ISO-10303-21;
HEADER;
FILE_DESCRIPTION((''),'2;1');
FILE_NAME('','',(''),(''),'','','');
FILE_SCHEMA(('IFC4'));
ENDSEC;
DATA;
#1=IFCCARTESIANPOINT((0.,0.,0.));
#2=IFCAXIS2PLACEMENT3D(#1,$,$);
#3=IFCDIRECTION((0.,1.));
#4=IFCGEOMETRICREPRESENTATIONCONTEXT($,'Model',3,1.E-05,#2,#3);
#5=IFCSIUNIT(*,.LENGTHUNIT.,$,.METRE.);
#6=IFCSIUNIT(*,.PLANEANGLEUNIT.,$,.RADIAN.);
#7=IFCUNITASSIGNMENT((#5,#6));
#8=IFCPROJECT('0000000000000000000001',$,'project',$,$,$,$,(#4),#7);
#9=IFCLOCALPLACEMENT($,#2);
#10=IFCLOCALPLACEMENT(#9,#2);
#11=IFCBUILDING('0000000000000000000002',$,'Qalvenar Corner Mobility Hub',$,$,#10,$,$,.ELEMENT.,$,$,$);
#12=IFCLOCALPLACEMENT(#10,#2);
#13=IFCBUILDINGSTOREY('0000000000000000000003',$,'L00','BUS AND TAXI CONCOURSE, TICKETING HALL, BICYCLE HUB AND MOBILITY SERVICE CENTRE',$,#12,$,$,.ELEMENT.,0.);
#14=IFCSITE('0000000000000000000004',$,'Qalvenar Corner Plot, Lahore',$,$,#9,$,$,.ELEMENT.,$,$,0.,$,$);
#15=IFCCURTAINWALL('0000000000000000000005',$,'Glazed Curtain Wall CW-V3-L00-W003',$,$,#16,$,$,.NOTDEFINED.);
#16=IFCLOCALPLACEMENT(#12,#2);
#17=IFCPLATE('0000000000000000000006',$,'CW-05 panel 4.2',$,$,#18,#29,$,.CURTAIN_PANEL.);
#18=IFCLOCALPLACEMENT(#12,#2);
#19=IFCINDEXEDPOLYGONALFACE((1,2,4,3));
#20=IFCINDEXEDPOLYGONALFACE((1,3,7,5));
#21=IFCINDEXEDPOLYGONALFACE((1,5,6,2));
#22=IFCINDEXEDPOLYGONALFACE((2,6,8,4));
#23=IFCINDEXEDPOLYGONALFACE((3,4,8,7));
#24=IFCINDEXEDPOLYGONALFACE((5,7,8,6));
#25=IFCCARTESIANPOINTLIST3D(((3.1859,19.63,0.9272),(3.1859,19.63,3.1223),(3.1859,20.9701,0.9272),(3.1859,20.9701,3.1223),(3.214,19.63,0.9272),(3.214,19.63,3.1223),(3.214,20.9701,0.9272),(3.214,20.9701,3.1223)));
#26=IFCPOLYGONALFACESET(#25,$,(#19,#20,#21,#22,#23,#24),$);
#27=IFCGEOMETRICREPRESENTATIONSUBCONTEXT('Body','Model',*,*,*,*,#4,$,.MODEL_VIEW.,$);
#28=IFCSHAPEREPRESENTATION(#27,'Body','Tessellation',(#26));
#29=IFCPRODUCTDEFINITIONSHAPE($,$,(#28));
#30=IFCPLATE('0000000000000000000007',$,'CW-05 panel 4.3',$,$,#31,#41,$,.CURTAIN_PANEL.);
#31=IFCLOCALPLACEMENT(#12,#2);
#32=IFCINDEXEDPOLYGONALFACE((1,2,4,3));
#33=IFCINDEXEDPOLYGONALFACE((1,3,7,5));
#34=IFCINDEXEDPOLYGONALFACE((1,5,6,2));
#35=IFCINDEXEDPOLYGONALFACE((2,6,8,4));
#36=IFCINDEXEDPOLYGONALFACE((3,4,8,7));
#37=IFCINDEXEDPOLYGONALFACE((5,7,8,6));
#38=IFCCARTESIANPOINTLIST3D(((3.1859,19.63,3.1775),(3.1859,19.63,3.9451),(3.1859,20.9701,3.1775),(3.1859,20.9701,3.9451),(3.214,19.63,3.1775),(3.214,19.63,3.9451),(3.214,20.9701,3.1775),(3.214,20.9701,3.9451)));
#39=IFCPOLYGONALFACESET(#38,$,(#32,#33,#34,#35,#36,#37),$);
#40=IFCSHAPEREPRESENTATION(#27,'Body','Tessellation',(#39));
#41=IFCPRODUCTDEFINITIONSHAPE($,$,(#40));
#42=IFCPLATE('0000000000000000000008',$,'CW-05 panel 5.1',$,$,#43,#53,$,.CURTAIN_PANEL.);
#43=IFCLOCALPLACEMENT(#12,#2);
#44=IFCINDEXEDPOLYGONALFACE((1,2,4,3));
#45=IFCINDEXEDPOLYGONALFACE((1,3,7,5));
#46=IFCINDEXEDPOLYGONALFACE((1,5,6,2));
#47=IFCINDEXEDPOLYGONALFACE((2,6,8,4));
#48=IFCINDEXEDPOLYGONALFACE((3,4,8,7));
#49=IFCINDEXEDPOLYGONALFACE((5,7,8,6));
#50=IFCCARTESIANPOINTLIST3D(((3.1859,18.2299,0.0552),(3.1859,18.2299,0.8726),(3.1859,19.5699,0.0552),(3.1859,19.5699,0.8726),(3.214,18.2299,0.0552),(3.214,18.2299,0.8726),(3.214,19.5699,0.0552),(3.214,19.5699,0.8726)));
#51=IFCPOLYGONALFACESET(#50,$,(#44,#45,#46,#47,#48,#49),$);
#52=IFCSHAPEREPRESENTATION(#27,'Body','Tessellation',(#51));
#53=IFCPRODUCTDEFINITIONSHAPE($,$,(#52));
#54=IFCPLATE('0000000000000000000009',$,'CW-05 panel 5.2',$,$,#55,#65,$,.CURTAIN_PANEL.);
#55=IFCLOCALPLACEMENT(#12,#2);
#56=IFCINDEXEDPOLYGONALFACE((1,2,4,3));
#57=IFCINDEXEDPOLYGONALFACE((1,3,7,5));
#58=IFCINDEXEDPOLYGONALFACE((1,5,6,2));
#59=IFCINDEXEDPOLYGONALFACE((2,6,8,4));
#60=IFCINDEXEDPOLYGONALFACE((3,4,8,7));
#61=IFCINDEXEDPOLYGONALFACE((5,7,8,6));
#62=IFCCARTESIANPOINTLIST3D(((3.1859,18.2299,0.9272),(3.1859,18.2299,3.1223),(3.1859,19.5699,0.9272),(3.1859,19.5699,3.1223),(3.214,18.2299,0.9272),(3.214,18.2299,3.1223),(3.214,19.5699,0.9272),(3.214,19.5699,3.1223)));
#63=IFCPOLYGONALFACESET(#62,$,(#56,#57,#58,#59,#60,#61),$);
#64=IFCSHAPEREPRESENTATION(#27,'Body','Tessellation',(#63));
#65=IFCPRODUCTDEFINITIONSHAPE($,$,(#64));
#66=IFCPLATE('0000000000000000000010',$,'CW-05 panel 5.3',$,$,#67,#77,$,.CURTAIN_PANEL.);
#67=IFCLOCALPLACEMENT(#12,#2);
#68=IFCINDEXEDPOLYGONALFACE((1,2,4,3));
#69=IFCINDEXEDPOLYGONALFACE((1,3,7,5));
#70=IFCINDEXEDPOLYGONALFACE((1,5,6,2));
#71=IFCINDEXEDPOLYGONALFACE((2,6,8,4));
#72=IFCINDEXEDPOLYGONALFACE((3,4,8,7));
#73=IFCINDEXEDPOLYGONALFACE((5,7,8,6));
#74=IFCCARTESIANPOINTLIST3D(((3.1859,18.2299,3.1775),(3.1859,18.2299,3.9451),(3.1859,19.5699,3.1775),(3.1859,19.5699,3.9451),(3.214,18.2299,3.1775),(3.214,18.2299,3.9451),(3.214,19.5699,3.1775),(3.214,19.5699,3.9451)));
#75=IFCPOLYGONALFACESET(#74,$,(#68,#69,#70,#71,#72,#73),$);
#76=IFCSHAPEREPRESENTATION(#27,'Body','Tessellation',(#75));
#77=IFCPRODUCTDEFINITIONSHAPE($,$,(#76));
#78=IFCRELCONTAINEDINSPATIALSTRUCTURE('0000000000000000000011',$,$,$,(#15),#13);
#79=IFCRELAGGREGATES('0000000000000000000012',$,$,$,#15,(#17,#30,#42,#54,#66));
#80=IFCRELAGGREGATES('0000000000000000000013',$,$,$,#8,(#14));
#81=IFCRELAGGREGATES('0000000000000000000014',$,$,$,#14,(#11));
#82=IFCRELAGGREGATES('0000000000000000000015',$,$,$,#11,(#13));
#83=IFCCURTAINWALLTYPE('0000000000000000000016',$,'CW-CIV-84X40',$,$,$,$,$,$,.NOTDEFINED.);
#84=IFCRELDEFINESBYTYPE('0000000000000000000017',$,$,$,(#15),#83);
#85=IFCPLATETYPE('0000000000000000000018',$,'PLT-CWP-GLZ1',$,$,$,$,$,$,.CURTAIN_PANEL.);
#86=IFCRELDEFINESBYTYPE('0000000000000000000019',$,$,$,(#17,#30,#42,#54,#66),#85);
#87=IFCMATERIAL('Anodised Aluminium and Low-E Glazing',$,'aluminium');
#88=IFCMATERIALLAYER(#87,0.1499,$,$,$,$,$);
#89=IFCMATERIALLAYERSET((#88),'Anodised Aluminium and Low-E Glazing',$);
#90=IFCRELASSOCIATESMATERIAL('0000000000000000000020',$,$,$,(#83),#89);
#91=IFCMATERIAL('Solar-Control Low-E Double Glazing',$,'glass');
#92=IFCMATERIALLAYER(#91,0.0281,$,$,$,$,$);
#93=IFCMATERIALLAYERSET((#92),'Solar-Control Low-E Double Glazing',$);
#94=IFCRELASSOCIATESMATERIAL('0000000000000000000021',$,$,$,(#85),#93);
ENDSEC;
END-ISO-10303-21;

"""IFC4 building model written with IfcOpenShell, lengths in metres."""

from ifc_helpers import new_model, si_unit, direction, frame, origin, origin_2d, place, context, subcontext, project, spatial, rectangle, extrude, material, layer, layer_set, type_object, element, aggregate, save


model = new_model("IFC4")

# Units and contexts
model_context = context("Model", 3, precision=1e-05, world=origin(), true_north=direction((0.0, 1.0)))
body_context = subcontext(model_context, "Body", "Model", "MODEL_VIEW")
ifc_project = project(units=[si_unit("LENGTHUNIT", "METRE"), si_unit("PLANEANGLEUNIT", "RADIAN")], contexts=[model_context])

# Site, building, storey
site_placement = place(None, origin())
site = spatial("IfcSite", under=ifc_project, at=site_placement, Name="Qalvenar Corner Plot, Lahore", CompositionType="ELEMENT", RefElevation=0.0)
building_placement = place(site_placement, origin())
building = spatial("IfcBuilding", under=site, at=building_placement, Name="Qalvenar Corner Mobility Hub", CompositionType="ELEMENT")
storey_placement = place(building_placement, origin())
storey = spatial("IfcBuildingStorey", under=building, at=storey_placement, Name="L00", Description="BUS AND TAXI CONCOURSE, TICKETING HALL, BICYCLE HUB AND MOBILITY SERVICE CENTRE", CompositionType="ELEMENT", Elevation=0.0)

# Curtain wall, plates
ifc_material_1 = material(Name="Anodised Aluminium and Low-E Glazing", Category="aluminium")
ifc_layer_1 = layer(ifc_material_1, 0.1499)
ifc_layer_set_1 = layer_set([ifc_layer_1], Name="Anodised Aluminium and Low-E Glazing")
curtain_wall_type = type_object("IfcCurtainWallType", Name="CW-CIV-84X40", PredefinedType="NOTDEFINED", material=ifc_layer_set_1)
curtain_wall_placement = place(storey_placement, origin())
curtain_wall = element("IfcCurtainWall", 1, at=curtain_wall_placement, inside=storey, type_object=curtain_wall_type, Name="Glazed Curtain Wall CW-V3-L00-W003", PredefinedType="NOTDEFINED")
ifc_material_2 = material(Name="Solar-Control Low-E Double Glazing", Category="glass")
ifc_layer_2 = layer(ifc_material_2, 0.0281)
ifc_layer_set_2 = layer_set([ifc_layer_2], Name="Solar-Control Low-E Double Glazing")
plate_type = type_object("IfcPlateType", Name="PLT-CWP-GLZ1", PredefinedType="CURTAIN_PANEL", material=ifc_layer_set_2)
plate_1_placement = place(storey_placement, frame((3.2, 20.3, 0.9272), z_axis=(0.0, 0.0, 1.0), x_axis=(0.0, -1.0, 0.0)))
plate_1 = element("IfcPlate", 2, at=plate_1_placement, type_object=plate_type, Name="CW-05 panel 4.2", PredefinedType="CURTAIN_PANEL", context=body_context, shape_type="SweptSolid", body=[
    extrude(rectangle(XDim=1.3401, YDim=0.0281, at=origin_2d()), origin(), (0.0, 0.0, 1.0), 2.1951),
])
plate_2_placement = place(storey_placement, frame((3.2, 20.3, 3.1775), z_axis=(0.0, 0.0, 1.0), x_axis=(0.0, -1.0, 0.0)))
plate_2 = element("IfcPlate", 3, at=plate_2_placement, type_object=plate_type, Name="CW-05 panel 4.3", PredefinedType="CURTAIN_PANEL", context=body_context, shape_type="SweptSolid", body=[
    extrude(rectangle(XDim=1.3401, YDim=0.0281, at=origin_2d()), origin(), (0.0, 0.0, 1.0), 0.7676),
])
plate_3_placement = place(storey_placement, frame((3.2, 18.8999, 0.0552), z_axis=(0.0, 0.0, 1.0), x_axis=(0.0, -1.0, 0.0)))
plate_3 = element("IfcPlate", 4, at=plate_3_placement, type_object=plate_type, Name="CW-05 panel 5.1", PredefinedType="CURTAIN_PANEL", context=body_context, shape_type="SweptSolid", body=[
    extrude(rectangle(XDim=1.3401, YDim=0.0281, at=origin_2d()), origin(), (0.0, 0.0, 1.0), 0.8174),
])
plate_4_placement = place(storey_placement, frame((3.2, 18.8999, 0.9272), z_axis=(0.0, 0.0, 1.0), x_axis=(0.0, -1.0, 0.0)))
plate_4 = element("IfcPlate", 5, at=plate_4_placement, type_object=plate_type, Name="CW-05 panel 5.2", PredefinedType="CURTAIN_PANEL", context=body_context, shape_type="SweptSolid", body=[
    extrude(rectangle(XDim=1.3401, YDim=0.0281, at=origin_2d()), origin(), (0.0, 0.0, 1.0), 2.1951),
])
plate_5_placement = place(storey_placement, frame((3.2, 18.8999, 3.1775), z_axis=(0.0, 0.0, 1.0), x_axis=(0.0, -1.0, 0.0)))
plate_5 = element("IfcPlate", 6, at=plate_5_placement, type_object=plate_type, Name="CW-05 panel 5.3", PredefinedType="CURTAIN_PANEL", context=body_context, shape_type="SweptSolid", body=[
    extrude(rectangle(XDim=1.3401, YDim=0.0281, at=origin_2d()), origin(), (0.0, 0.0, 1.0), 0.7676),
])
aggregate(curtain_wall, [plate_1, plate_2, plate_3, plate_4, plate_5])

save(model, "model.ifc")
